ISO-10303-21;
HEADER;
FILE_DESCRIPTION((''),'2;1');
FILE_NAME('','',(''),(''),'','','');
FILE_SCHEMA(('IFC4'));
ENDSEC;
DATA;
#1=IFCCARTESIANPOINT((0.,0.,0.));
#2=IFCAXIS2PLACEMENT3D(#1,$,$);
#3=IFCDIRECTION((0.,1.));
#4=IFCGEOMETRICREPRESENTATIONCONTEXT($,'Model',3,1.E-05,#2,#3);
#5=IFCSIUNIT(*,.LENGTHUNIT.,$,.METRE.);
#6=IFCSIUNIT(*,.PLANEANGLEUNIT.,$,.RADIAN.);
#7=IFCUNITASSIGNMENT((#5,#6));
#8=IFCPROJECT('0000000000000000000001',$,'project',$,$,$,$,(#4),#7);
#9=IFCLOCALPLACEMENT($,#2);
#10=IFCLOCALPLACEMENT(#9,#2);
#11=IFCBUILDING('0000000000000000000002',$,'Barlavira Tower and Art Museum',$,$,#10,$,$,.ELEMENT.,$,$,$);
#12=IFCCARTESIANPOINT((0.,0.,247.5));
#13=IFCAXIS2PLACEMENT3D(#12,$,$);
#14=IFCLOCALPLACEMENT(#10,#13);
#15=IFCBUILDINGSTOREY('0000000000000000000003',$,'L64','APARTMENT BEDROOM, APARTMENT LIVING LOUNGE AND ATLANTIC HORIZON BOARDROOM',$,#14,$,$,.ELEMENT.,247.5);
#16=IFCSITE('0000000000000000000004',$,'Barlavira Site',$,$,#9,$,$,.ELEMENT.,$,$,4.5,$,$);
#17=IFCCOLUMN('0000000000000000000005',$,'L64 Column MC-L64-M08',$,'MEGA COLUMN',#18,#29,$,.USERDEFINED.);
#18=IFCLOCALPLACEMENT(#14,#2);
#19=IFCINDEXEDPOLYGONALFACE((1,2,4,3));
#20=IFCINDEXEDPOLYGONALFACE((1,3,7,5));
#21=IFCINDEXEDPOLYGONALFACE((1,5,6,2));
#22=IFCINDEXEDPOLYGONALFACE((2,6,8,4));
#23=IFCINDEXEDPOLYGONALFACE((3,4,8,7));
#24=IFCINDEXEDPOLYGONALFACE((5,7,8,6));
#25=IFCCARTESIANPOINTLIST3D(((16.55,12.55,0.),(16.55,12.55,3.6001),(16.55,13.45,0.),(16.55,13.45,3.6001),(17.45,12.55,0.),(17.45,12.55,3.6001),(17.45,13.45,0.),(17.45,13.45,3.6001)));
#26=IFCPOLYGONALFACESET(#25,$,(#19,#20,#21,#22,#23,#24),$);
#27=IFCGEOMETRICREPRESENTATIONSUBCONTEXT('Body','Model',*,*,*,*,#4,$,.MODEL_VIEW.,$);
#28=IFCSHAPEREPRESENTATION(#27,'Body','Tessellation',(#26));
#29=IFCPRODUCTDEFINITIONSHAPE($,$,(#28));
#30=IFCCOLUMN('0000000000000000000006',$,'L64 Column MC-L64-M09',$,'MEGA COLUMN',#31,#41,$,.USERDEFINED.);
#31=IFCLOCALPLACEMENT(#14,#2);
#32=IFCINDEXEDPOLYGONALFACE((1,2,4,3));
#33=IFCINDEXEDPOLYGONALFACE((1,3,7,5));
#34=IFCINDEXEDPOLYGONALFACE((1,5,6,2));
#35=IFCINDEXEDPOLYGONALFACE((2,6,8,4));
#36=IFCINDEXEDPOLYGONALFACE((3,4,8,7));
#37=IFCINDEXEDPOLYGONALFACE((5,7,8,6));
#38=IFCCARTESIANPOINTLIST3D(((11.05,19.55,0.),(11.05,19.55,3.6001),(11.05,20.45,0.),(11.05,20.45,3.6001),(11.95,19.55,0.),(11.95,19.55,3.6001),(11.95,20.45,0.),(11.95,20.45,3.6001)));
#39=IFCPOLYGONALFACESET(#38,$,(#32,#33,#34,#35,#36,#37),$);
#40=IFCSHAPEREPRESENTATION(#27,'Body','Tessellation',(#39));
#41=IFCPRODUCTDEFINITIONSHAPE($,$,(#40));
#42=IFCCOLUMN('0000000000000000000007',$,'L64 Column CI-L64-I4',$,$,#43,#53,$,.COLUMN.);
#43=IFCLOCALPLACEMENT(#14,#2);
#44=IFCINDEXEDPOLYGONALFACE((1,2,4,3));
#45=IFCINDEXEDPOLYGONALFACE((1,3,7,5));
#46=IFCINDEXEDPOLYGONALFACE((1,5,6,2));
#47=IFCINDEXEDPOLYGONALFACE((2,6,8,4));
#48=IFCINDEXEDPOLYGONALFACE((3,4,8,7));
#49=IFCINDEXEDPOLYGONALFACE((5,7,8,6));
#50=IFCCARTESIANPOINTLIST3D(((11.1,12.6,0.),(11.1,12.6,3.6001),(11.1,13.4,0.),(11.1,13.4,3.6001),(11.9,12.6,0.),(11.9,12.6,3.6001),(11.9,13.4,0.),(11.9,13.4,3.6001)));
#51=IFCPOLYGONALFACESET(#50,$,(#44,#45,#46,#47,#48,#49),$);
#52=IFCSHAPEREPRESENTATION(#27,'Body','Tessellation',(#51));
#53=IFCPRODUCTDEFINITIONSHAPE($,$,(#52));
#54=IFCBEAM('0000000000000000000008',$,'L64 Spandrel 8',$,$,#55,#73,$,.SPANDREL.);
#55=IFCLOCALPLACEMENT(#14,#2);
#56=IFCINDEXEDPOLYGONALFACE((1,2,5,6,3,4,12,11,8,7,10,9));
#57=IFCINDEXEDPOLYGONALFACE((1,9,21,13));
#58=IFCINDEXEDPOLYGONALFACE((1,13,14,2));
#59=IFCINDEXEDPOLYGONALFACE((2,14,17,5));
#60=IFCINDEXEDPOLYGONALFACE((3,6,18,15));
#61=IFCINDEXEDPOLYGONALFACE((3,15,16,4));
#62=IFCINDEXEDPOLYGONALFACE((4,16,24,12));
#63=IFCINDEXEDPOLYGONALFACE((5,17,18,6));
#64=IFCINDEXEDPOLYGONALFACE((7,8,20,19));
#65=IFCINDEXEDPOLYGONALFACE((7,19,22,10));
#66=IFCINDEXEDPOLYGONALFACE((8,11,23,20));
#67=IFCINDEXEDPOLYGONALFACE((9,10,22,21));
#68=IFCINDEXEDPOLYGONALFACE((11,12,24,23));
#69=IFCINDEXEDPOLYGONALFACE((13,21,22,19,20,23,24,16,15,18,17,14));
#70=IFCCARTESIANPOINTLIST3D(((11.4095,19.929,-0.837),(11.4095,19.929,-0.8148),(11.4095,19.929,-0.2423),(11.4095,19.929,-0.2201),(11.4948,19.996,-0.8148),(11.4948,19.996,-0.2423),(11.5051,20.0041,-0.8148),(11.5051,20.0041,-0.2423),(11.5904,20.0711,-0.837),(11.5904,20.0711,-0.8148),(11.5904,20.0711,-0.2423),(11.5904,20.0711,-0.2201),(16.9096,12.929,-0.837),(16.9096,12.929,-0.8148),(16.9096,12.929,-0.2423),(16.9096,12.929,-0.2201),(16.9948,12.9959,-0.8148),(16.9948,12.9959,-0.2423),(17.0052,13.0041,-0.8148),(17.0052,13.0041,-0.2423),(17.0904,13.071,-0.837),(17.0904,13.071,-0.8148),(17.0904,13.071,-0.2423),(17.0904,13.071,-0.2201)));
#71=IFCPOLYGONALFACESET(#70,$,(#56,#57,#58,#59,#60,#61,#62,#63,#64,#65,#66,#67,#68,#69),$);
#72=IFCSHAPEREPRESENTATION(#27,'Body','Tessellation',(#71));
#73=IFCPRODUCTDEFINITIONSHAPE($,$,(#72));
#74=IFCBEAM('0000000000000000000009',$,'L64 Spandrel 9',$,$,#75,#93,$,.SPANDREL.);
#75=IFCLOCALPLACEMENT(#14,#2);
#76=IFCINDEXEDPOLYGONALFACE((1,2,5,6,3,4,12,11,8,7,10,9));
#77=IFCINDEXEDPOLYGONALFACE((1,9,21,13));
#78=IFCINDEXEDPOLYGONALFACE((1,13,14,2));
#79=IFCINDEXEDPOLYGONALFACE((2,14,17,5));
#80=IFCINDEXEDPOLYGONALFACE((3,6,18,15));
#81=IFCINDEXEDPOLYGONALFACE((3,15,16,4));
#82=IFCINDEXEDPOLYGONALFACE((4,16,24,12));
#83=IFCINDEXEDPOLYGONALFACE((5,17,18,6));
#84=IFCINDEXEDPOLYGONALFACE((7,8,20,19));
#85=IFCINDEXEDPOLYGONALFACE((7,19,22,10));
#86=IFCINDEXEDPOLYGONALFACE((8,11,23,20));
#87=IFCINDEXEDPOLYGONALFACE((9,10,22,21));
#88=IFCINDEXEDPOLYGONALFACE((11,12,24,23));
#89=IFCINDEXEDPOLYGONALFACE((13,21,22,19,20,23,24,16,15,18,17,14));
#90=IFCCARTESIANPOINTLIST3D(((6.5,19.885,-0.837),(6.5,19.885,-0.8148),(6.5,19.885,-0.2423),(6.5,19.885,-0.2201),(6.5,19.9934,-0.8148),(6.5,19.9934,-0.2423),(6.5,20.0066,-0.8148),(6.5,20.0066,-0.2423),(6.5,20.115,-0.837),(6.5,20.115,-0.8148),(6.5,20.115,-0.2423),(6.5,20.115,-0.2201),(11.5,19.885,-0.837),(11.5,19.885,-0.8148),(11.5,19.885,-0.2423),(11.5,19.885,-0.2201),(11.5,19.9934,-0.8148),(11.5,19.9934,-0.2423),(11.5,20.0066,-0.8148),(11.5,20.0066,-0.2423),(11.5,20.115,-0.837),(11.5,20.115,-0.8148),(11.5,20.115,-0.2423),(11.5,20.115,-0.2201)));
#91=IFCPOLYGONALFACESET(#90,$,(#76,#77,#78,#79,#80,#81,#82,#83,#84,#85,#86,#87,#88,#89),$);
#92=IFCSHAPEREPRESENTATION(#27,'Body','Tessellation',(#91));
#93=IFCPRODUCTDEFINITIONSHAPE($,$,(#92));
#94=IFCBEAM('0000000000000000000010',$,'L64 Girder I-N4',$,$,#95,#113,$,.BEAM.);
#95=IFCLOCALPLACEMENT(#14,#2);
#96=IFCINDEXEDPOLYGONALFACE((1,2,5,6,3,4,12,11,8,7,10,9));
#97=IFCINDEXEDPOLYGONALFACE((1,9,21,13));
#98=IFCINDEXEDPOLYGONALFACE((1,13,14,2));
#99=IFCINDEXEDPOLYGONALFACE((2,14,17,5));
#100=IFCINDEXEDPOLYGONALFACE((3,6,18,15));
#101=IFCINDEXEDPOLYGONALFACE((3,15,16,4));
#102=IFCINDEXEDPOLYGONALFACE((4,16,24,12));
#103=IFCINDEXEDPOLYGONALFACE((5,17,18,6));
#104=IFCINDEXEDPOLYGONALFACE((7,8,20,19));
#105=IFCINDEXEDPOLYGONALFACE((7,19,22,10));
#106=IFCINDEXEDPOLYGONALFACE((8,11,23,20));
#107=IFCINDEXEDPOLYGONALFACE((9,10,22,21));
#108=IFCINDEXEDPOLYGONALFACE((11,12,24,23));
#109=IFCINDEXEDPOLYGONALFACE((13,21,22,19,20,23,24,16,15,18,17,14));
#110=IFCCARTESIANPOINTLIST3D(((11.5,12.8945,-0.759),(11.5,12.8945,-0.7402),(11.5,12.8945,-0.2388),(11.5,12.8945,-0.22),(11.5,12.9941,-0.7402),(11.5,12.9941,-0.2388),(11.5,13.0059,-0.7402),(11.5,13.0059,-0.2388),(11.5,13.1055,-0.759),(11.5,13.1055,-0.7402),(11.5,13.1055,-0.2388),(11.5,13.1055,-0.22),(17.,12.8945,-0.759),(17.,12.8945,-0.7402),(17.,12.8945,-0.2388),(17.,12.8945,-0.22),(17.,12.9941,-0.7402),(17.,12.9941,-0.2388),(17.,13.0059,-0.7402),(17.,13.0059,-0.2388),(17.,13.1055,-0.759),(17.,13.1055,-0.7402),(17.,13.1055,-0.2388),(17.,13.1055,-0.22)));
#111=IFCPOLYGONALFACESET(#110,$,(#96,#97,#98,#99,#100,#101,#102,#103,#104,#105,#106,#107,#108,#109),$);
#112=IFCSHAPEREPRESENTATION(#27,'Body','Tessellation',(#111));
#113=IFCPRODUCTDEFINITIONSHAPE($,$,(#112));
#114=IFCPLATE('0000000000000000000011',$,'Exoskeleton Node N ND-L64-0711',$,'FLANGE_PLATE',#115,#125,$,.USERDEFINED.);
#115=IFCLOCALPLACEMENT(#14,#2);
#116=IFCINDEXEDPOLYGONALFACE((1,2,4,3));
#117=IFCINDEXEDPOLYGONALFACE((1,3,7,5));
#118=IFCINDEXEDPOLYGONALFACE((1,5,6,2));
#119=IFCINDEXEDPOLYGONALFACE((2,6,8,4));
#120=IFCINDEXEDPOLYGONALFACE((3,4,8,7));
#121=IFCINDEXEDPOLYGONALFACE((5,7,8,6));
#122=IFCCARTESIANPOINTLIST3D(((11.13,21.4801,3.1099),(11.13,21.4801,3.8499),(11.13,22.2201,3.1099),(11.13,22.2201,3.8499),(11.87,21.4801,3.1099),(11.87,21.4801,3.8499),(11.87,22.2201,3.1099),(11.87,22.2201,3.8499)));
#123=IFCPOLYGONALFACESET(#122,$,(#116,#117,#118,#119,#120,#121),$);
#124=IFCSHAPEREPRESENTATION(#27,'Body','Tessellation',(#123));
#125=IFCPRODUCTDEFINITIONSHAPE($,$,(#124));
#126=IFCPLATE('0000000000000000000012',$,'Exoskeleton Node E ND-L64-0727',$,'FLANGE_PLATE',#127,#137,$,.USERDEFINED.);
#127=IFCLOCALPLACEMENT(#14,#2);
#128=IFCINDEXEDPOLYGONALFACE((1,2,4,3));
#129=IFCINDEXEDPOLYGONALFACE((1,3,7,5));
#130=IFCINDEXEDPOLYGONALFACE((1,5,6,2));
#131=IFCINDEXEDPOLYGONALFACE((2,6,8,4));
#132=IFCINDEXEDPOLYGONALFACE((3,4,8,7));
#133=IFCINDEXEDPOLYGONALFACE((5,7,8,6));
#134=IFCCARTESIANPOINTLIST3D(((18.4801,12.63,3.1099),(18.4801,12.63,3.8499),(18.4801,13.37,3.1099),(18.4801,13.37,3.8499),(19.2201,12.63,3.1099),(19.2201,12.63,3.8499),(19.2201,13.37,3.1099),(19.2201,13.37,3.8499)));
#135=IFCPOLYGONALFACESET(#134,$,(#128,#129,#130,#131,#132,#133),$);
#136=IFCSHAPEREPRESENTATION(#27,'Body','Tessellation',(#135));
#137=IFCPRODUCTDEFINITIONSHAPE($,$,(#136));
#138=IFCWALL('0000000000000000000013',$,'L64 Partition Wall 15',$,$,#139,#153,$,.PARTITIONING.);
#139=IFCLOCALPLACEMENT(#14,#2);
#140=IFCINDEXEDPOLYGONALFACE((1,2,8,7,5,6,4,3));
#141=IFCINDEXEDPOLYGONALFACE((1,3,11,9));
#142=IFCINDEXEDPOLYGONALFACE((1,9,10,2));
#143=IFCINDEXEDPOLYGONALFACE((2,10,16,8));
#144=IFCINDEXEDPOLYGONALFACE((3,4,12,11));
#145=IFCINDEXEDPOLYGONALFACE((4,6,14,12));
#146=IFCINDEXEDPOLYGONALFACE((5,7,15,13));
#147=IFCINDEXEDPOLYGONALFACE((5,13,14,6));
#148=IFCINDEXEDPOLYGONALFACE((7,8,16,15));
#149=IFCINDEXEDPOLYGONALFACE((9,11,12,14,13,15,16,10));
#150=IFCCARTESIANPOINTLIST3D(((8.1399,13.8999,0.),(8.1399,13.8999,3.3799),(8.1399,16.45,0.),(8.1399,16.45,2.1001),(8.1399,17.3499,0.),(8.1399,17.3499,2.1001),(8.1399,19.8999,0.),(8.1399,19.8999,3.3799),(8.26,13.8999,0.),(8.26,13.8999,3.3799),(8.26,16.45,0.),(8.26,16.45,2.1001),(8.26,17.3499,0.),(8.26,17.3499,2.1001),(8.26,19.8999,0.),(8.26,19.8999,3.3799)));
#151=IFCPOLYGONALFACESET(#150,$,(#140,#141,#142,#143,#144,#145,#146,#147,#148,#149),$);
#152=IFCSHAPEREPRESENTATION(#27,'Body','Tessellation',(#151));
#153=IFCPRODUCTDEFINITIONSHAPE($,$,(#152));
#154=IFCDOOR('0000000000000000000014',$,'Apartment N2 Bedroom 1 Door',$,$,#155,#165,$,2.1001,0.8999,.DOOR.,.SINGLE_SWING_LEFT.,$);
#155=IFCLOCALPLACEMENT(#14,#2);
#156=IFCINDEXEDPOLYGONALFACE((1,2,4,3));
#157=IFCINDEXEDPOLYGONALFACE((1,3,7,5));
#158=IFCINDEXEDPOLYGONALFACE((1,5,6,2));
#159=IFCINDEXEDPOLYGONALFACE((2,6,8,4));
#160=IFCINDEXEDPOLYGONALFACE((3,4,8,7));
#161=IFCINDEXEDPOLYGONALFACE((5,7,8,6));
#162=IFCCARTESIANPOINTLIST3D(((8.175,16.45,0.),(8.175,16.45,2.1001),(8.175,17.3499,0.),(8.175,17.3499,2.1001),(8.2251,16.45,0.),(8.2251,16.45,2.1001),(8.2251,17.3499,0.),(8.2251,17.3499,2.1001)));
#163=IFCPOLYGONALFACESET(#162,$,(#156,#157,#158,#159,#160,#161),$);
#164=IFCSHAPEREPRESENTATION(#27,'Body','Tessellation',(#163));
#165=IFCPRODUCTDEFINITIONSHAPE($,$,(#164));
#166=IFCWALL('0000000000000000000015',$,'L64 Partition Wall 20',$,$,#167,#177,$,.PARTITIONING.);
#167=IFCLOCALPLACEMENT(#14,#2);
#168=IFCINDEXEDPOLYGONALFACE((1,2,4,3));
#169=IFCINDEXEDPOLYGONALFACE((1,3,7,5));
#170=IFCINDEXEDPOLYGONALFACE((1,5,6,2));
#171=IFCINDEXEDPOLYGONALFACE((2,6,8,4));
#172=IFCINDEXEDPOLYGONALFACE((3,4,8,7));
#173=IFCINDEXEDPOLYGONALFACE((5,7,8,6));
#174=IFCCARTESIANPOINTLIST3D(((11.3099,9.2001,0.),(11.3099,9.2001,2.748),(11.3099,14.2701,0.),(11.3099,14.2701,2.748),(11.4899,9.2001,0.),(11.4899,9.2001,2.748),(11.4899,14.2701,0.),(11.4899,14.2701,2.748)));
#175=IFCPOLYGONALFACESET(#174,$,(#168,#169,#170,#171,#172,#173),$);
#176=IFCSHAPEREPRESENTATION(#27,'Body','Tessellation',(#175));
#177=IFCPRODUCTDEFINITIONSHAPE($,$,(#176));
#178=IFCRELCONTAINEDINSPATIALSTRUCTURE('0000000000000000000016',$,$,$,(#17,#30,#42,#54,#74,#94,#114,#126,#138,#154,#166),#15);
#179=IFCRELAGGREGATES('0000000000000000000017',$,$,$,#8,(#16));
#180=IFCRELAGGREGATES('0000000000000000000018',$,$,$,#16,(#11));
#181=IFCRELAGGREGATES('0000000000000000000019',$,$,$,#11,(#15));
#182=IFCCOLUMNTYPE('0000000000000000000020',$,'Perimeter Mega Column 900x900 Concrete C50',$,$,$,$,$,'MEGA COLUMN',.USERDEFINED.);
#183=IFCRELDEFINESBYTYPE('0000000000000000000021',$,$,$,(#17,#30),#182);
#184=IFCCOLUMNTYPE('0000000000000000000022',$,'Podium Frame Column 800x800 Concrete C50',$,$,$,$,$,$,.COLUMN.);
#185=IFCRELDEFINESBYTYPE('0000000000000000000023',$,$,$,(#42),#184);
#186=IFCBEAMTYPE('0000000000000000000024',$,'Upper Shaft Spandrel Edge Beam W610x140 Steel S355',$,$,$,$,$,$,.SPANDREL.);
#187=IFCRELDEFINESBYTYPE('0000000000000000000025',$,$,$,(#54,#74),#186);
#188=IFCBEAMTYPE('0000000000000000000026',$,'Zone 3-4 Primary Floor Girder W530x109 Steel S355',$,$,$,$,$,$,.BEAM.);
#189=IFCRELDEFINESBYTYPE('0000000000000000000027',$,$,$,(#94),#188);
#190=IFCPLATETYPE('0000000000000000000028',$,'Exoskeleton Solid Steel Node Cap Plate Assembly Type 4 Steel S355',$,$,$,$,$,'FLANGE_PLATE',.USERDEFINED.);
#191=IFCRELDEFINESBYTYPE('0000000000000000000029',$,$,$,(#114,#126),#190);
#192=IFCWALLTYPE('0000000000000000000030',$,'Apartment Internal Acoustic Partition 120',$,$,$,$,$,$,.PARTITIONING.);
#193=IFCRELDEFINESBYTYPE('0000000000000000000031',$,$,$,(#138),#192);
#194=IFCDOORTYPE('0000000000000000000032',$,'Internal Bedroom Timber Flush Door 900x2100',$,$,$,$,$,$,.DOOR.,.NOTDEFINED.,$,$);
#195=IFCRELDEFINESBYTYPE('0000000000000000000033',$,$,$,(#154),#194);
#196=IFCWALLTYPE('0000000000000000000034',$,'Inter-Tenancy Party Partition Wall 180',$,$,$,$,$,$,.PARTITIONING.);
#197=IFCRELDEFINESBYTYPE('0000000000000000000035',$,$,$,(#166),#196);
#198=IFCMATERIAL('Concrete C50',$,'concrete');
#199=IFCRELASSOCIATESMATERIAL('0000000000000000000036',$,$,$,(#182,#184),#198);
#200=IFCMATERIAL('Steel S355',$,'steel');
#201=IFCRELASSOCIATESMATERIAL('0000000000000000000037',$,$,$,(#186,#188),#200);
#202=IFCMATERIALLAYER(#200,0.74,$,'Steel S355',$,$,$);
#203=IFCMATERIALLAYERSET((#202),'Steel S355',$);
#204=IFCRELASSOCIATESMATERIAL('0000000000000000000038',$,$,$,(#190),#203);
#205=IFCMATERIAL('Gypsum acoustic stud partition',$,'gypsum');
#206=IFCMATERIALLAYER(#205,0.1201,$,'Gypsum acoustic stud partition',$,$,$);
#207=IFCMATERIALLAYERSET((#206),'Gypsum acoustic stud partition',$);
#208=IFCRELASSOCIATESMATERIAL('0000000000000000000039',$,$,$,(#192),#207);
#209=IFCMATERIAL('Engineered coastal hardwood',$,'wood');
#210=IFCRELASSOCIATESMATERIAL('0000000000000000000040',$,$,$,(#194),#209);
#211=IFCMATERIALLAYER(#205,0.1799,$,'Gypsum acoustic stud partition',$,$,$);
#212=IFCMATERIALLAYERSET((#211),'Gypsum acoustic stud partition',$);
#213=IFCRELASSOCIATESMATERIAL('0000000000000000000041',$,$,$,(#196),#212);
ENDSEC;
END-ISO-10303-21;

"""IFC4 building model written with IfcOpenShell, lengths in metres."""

from ifc_helpers import new_model, si_unit, direction, frame, frame_2d, origin, origin_2d, place, context, subcontext, project, spatial, rectangle, i_section, extrude, material, layer, layer_set, material_profile, profile_set, type_object, element, fill, save


model = new_model("IFC4")

# Units and contexts
model_context = context("Model", 3, precision=1e-05, world=origin(), true_north=direction((0.0, 1.0)))
body_context = subcontext(model_context, "Body", "Model", "MODEL_VIEW")
ifc_project = project(units=[si_unit("LENGTHUNIT", "METRE"), si_unit("PLANEANGLEUNIT", "RADIAN")], contexts=[model_context])

# Site, building, storey
site_placement = place(None, origin())
site = spatial("IfcSite", under=ifc_project, at=site_placement, Name="Barlavira Site", CompositionType="ELEMENT", RefElevation=4.5)
building_placement = place(site_placement, origin())
building = spatial("IfcBuilding", under=site, at=building_placement, Name="Barlavira Tower and Art Museum", CompositionType="ELEMENT")
storey_placement = place(building_placement, frame((0.0, 0.0, 247.5)))
storey = spatial("IfcBuildingStorey", under=building, at=storey_placement, Name="L64", Description="APARTMENT BEDROOM, APARTMENT LIVING LOUNGE AND ATLANTIC HORIZON BOARDROOM", CompositionType="ELEMENT", Elevation=247.5)

# Columns
ifc_material_1 = material(Name="Concrete C50", Category="concrete")
ifc_material_profile_1 = material_profile(ifc_material_1, rectangle(XDim=0.8999, YDim=0.8999, at=origin_2d()), Name="RC-COL 900x900")
ifc_profile_set_1 = profile_set([ifc_material_profile_1], Name="Concrete C50")
column_type_1 = type_object("IfcColumnType", Name="Perimeter Mega Column 900x900 Concrete C50", ElementType="MEGA COLUMN", PredefinedType="USERDEFINED", material=ifc_profile_set_1)
for number, where, z_axis, x_axis, name in (
    (1, (17.0, 13.0, 0.0), (0.0, 0.0, 1.0), (1.0, 0.0, 0.0), "L64 Column MC-L64-M08"),
    (2, (11.5, 20.0, 0.0), (0.0, 0.0, 1.0), (1.0, 0.0, 0.0), "L64 Column MC-L64-M09"),
):
    element("IfcColumn", number, at=place(storey_placement, frame(where, z_axis=z_axis, x_axis=x_axis)), inside=storey, type_object=column_type_1, Name=name, ObjectType="MEGA COLUMN", PredefinedType="USERDEFINED", context=body_context, shape_type="SweptSolid", body=[
        extrude(rectangle(XDim=0.8999, YDim=0.8999, at=origin_2d()), origin(), (0.0, 0.0, 1.0), 3.6001),
    ])
ifc_material_profile_2 = material_profile(ifc_material_1, rectangle(XDim=0.8, YDim=0.8, at=origin_2d()), Name="RC-COL 800x800")
ifc_profile_set_2 = profile_set([ifc_material_profile_2], Name="Concrete C50")
column_type_2 = type_object("IfcColumnType", Name="Podium Frame Column 800x800 Concrete C50", PredefinedType="COLUMN", material=ifc_profile_set_2)
column_placement = place(storey_placement, frame((11.5, 13.0, 0.0), z_axis=(0.0, 0.0, 1.0), x_axis=(1.0, 0.0, 0.0)))
element("IfcColumn", 3, at=column_placement, inside=storey, type_object=column_type_2, Name="L64 Column CI-L64-I4", PredefinedType="COLUMN", context=body_context, shape_type="SweptSolid", body=[
    extrude(rectangle(XDim=0.8, YDim=0.8, at=origin_2d()), origin(), (0.0, 0.0, 1.0), 3.6001),
])

# Beams
ifc_material_2 = material(Name="Steel S355", Category="steel")
ifc_material_profile_3 = material_profile(ifc_material_2, i_section(OverallWidth=0.23, OverallDepth=0.6169, WebThickness=0.0132, FlangeThickness=0.0222, at=origin_2d()), Name="W610x140.0")
ifc_profile_set_3 = profile_set([ifc_material_profile_3], Name="Steel S355")
beam_type_1 = type_object("IfcBeamType", Name="Upper Shaft Spandrel Edge Beam W610x140 Steel S355", PredefinedType="SPANDREL", material=ifc_profile_set_3)
beam_1_placement = place(storey_placement, frame((17.0, 13.0, -0.5286), z_axis=(-0.617822, 0.786318, 0.0), x_axis=(-0.786318, -0.617822, 0.0)))
element("IfcBeam", 4, at=beam_1_placement, inside=storey, type_object=beam_type_1, Name="L64 Spandrel 8", PredefinedType="SPANDREL", context=body_context, shape_type="SweptSolid", body=[
    extrude(i_section(OverallWidth=0.23, OverallDepth=0.6169, WebThickness=0.0132, FlangeThickness=0.0222, at=origin_2d()), origin(), (0.0, 0.0, 1.0), 8.9023),
])
beam_2_placement = place(storey_placement, frame((6.5, 20.0, -0.5286), z_axis=(1.0, 0.0, 0.0), x_axis=(0.0, 1.0, 0.0)))
element("IfcBeam", 5, at=beam_2_placement, inside=storey, type_object=beam_type_1, Name="L64 Spandrel 9", PredefinedType="SPANDREL", context=body_context, shape_type="SweptSolid", body=[
    extrude(i_section(OverallWidth=0.23, OverallDepth=0.6169, WebThickness=0.0132, FlangeThickness=0.0222, at=origin_2d()), origin(), (0.0, 0.0, 1.0), 5.0),
])
ifc_material_profile_4 = material_profile(ifc_material_2, i_section(OverallWidth=0.2109, OverallDepth=0.5391, WebThickness=0.0117, FlangeThickness=0.0188, at=origin_2d()), Name="W530x109.0")
ifc_profile_set_4 = profile_set([ifc_material_profile_4], Name="Steel S355")
beam_type_2 = type_object("IfcBeamType", Name="Zone 3-4 Primary Floor Girder W530x109 Steel S355", PredefinedType="BEAM", material=ifc_profile_set_4)
beam_3_placement = place(storey_placement, frame((11.5, 13.0, -0.4895), z_axis=(1.0, 0.0, 0.0), x_axis=(0.0, 1.0, 0.0)))
element("IfcBeam", 6, at=beam_3_placement, inside=storey, type_object=beam_type_2, Name="L64 Girder I-N4", PredefinedType="BEAM", context=body_context, shape_type="SweptSolid", body=[
    extrude(i_section(OverallWidth=0.2109, OverallDepth=0.5391, WebThickness=0.0117, FlangeThickness=0.0188, at=origin_2d()), origin(), (0.0, 0.0, 1.0), 5.5),
])

# Plates
ifc_layer_1 = layer(ifc_material_2, 0.74, Name="Steel S355")
ifc_layer_set_1 = layer_set([ifc_layer_1], Name="Steel S355")
plate_type = type_object("IfcPlateType", Name="Exoskeleton Solid Steel Node Cap Plate Assembly Type 4 Steel S355", ElementType="FLANGE_PLATE", PredefinedType="USERDEFINED", material=ifc_layer_set_1)
for number, where, z_axis, x_axis, name in (
    (7, (11.5, 21.8501, 3.1099), (0.0, 0.0, 1.0), (1.0, 0.0, 0.0), "Exoskeleton Node N ND-L64-0711"),
    (8, (18.8501, 13.0, 3.1099), (0.0, 0.0, 1.0), (1.0, 0.0, 0.0), "Exoskeleton Node E ND-L64-0727"),
):
    element("IfcPlate", number, at=place(storey_placement, frame(where, z_axis=z_axis, x_axis=x_axis)), inside=storey, type_object=plate_type, Name=name, ObjectType="FLANGE_PLATE", PredefinedType="USERDEFINED", context=body_context, shape_type="SweptSolid", body=[
        extrude(rectangle(XDim=0.74, YDim=0.74, at=origin_2d()), origin(), (0.0, 0.0, 1.0), 0.74),
    ])

# Wall, opening, door
ifc_material_3 = material(Name="Gypsum acoustic stud partition", Category="gypsum")
ifc_layer_2 = layer(ifc_material_3, 0.1201, Name="Gypsum acoustic stud partition")
ifc_layer_set_2 = layer_set([ifc_layer_2], Name="Gypsum acoustic stud partition")
wall_type_1 = type_object("IfcWallType", Name="Apartment Internal Acoustic Partition 120", PredefinedType="PARTITIONING", material=ifc_layer_set_2)
wall_1_placement = place(storey_placement, frame((8.2, 13.8999, 0.0), z_axis=(0.0, 0.0, 1.0), x_axis=(0.0, 1.0, 0.0)))
wall_1 = element("IfcWall", 9, at=wall_1_placement, inside=storey, type_object=wall_type_1, Name="L64 Partition Wall 15", PredefinedType="PARTITIONING", context=body_context, shape_type="SweptSolid", body=[
    extrude(rectangle(XDim=6.0, YDim=0.1201, at=frame_2d((3.0, 0.0))), origin(), (0.0, 0.0, 1.0), 3.3799),
])
opening_1_placement = place(wall_1_placement, frame((2.55, 0.0, 0.0)))
opening_1 = element("IfcOpeningElement", 10, at=opening_1_placement, cuts=wall_1, PredefinedType="OPENING", context=body_context, shape_type="SweptSolid", body=[
    extrude(rectangle(XDim=0.8999, YDim=2.1001, at=frame_2d((0.45, 1.05))), frame((0.0, 0.0701, 0.0), z_axis=(0.0, -1.0, 0.0), x_axis=(1.0, 0.0, 0.0)), (0.0, 0.0, 1.0), 0.1401),
])
ifc_material_4 = material(Name="Engineered coastal hardwood", Category="wood")
door_type = type_object("IfcDoorType", Name="Internal Bedroom Timber Flush Door 900x2100", OperationType="NOTDEFINED", PredefinedType="DOOR", material=ifc_material_4)
door_placement = place(opening_1_placement, origin())
door = element("IfcDoor", 11, at=door_placement, inside=storey, type_object=door_type, Name="Apartment N2 Bedroom 1 Door", OperationType="SINGLE_SWING_LEFT", OverallHeight=2.1001, OverallWidth=0.8999, PredefinedType="DOOR", context=body_context, shape_type="SweptSolid", body=[
    extrude(rectangle(XDim=0.8999, YDim=2.1001, at=frame_2d((0.45, 1.05))), frame((0.0, 0.0249, 0.0), z_axis=(0.0, -1.0, 0.0), x_axis=(1.0, 0.0, 0.0)), (0.0, 0.0, 1.0), 0.05),
])
fill(opening_1, door)

# Wall
ifc_layer_3 = layer(ifc_material_3, 0.1799, Name="Gypsum acoustic stud partition")
ifc_layer_set_3 = layer_set([ifc_layer_3], Name="Gypsum acoustic stud partition")
wall_type_2 = type_object("IfcWallType", Name="Inter-Tenancy Party Partition Wall 180", PredefinedType="PARTITIONING", material=ifc_layer_set_3)
wall_2_placement = place(storey_placement, frame((11.3999, 9.2, 0.0), z_axis=(0.0, 0.0, 1.0), x_axis=(0.0, 1.0, 0.0)))
element("IfcWall", 12, at=wall_2_placement, inside=storey, type_object=wall_type_2, Name="L64 Partition Wall 20", PredefinedType="PARTITIONING", context=body_context, shape_type="SweptSolid", body=[
    extrude(rectangle(XDim=5.0701, YDim=0.1799, at=frame_2d((2.5352, 0.0))), origin(), (0.0, 0.0, 1.0), 2.748),
])

save(model, "model.ifc")
